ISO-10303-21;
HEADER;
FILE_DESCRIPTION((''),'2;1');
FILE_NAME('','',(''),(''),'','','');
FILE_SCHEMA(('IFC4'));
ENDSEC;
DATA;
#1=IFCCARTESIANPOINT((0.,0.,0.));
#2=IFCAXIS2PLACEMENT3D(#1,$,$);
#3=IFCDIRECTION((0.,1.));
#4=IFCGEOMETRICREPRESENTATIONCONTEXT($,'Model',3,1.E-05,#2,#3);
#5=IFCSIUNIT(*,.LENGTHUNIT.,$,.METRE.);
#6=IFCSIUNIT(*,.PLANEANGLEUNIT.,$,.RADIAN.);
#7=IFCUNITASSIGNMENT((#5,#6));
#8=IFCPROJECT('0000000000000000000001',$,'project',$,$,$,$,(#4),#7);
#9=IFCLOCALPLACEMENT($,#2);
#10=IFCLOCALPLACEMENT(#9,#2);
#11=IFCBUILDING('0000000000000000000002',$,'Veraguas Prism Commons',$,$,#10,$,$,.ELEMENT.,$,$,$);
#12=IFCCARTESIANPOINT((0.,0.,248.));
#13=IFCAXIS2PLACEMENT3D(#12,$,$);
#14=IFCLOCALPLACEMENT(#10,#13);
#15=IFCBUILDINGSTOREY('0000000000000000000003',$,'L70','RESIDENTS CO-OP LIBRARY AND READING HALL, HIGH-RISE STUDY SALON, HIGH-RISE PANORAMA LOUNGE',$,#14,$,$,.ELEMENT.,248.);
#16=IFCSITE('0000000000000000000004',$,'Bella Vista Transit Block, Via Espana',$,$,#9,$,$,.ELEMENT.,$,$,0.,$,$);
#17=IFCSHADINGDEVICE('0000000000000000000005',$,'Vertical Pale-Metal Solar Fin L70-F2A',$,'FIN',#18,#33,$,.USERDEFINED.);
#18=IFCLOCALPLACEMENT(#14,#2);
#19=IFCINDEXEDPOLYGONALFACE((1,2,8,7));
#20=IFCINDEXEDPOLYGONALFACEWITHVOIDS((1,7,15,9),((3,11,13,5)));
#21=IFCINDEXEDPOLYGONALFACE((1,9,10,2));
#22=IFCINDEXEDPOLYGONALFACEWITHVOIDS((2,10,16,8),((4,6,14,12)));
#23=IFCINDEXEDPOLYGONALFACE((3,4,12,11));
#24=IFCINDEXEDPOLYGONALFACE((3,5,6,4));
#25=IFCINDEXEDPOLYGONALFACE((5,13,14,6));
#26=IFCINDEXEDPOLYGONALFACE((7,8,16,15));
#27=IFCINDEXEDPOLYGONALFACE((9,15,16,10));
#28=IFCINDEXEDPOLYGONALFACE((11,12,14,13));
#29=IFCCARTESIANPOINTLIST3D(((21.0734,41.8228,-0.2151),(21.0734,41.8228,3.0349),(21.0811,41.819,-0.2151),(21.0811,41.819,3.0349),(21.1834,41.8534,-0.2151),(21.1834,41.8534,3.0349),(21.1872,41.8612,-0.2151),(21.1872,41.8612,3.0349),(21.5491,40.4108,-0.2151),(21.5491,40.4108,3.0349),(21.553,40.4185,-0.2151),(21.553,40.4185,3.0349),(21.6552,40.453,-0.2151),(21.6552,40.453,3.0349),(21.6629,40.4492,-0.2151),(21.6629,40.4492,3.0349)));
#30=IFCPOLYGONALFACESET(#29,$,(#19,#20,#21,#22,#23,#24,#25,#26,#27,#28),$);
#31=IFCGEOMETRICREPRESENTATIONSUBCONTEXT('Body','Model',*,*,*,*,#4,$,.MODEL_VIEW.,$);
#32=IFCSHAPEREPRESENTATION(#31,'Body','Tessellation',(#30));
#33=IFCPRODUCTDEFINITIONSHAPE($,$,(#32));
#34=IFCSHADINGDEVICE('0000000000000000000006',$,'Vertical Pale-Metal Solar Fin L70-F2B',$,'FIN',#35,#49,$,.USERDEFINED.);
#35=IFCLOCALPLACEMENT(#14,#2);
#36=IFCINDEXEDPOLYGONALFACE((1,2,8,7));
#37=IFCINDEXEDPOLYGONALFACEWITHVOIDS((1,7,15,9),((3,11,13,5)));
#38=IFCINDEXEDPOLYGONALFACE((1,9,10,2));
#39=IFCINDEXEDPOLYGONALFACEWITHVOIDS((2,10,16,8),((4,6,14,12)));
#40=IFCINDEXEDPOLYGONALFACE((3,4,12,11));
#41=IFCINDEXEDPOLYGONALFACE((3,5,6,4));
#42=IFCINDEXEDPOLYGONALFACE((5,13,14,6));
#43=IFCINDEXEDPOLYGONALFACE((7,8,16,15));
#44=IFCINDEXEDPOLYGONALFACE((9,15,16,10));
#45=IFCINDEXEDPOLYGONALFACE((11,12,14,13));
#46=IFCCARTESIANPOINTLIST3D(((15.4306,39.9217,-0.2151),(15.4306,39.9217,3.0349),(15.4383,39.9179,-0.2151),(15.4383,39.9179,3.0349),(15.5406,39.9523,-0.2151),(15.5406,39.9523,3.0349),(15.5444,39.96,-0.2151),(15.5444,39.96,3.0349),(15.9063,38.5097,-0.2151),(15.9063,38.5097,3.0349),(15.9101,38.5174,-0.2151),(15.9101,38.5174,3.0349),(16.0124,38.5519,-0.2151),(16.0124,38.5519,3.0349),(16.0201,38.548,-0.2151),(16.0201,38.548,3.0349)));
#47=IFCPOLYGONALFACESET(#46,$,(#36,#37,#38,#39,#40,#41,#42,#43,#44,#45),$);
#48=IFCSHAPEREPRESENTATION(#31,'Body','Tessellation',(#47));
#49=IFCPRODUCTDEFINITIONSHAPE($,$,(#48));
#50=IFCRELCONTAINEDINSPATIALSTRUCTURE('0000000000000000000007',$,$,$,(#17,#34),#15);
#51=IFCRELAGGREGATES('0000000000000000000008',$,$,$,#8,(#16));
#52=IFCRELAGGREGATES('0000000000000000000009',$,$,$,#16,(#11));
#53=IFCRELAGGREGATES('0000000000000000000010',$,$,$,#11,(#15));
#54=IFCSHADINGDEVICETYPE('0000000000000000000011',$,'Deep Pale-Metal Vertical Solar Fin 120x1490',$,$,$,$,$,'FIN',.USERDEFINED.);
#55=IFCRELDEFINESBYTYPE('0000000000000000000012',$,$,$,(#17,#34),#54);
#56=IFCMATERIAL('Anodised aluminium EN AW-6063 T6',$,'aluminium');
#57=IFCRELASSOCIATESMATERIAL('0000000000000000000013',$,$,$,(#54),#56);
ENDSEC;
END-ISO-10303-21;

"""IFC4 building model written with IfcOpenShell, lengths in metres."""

from ifc_helpers import new_model, si_unit, direction, frame, origin, origin_2d, place, context, subcontext, project, spatial, hollow_rectangle, extrude, material, material_profile, profile_set, type_object, element, save


model = new_model("IFC4")

# Units and contexts
model_context = context("Model", 3, precision=1e-05, world=origin(), true_north=direction((0.0, 1.0)))
body_context = subcontext(model_context, "Body", "Model", "MODEL_VIEW")
ifc_project = project(units=[si_unit("LENGTHUNIT", "METRE"), si_unit("PLANEANGLEUNIT", "RADIAN")], contexts=[model_context])

# Site, building, storey
site_placement = place(None, origin())
site = spatial("IfcSite", under=ifc_project, at=site_placement, Name="Bella Vista Transit Block, Via Espana", CompositionType="ELEMENT", RefElevation=0.0)
building_placement = place(site_placement, origin())
building = spatial("IfcBuilding", under=site, at=building_placement, Name="Veraguas Prism Commons", CompositionType="ELEMENT")
storey_placement = place(building_placement, frame((0.0, 0.0, 248.0)))
storey = spatial("IfcBuildingStorey", under=building, at=storey_placement, Name="L70", Description="RESIDENTS CO-OP LIBRARY AND READING HALL, HIGH-RISE STUDY SALON, HIGH-RISE PANORAMA LOUNGE", CompositionType="ELEMENT", Elevation=248.0)

# Shared definitions
ifc_material_1 = material(Name="Anodised aluminium EN AW-6063 T6", Category="aluminium")

# Shading devices
ifc_material_profile_1 = material_profile(ifc_material_1, hollow_rectangle(XDim=0.1201, YDim=1.49, WallThickness=0.0061, at=origin_2d()), Name="FIN120X1490X6")
ifc_profile_set_1 = profile_set([ifc_material_profile_1], Name="Anodised aluminium EN AW-6063 T6")
shading_device_type = type_object("IfcShadingDeviceType", Name="Deep Pale-Metal Vertical Solar Fin 120x1490", ElementType="FIN", PredefinedType="USERDEFINED", material=ifc_profile_set_1)
for number, where, z_axis, x_axis, name in (
    (1, (21.3682, 41.136, -0.2151), (0.0, 0.0, 1.0), (-0.947658, -0.319287, 0.0), "Vertical Pale-Metal Solar Fin L70-F2A"),
    (2, (15.7253, 39.2349, -0.2151), (0.0, 0.0, 1.0), (-0.947658, -0.319287, 0.0), "Vertical Pale-Metal Solar Fin L70-F2B"),
):
    element("IfcShadingDevice", number, at=place(storey_placement, frame(where, z_axis=z_axis, x_axis=x_axis)), inside=storey, type_object=shading_device_type, Name=name, ObjectType="FIN", PredefinedType="USERDEFINED", context=body_context, shape_type="SweptSolid", body=[
        extrude(hollow_rectangle(XDim=0.1201, YDim=1.49, WallThickness=0.0061, at=origin_2d()), origin(), (0.0, 0.0, 1.0), 3.25),
    ])

save(model, "model.ifc")
